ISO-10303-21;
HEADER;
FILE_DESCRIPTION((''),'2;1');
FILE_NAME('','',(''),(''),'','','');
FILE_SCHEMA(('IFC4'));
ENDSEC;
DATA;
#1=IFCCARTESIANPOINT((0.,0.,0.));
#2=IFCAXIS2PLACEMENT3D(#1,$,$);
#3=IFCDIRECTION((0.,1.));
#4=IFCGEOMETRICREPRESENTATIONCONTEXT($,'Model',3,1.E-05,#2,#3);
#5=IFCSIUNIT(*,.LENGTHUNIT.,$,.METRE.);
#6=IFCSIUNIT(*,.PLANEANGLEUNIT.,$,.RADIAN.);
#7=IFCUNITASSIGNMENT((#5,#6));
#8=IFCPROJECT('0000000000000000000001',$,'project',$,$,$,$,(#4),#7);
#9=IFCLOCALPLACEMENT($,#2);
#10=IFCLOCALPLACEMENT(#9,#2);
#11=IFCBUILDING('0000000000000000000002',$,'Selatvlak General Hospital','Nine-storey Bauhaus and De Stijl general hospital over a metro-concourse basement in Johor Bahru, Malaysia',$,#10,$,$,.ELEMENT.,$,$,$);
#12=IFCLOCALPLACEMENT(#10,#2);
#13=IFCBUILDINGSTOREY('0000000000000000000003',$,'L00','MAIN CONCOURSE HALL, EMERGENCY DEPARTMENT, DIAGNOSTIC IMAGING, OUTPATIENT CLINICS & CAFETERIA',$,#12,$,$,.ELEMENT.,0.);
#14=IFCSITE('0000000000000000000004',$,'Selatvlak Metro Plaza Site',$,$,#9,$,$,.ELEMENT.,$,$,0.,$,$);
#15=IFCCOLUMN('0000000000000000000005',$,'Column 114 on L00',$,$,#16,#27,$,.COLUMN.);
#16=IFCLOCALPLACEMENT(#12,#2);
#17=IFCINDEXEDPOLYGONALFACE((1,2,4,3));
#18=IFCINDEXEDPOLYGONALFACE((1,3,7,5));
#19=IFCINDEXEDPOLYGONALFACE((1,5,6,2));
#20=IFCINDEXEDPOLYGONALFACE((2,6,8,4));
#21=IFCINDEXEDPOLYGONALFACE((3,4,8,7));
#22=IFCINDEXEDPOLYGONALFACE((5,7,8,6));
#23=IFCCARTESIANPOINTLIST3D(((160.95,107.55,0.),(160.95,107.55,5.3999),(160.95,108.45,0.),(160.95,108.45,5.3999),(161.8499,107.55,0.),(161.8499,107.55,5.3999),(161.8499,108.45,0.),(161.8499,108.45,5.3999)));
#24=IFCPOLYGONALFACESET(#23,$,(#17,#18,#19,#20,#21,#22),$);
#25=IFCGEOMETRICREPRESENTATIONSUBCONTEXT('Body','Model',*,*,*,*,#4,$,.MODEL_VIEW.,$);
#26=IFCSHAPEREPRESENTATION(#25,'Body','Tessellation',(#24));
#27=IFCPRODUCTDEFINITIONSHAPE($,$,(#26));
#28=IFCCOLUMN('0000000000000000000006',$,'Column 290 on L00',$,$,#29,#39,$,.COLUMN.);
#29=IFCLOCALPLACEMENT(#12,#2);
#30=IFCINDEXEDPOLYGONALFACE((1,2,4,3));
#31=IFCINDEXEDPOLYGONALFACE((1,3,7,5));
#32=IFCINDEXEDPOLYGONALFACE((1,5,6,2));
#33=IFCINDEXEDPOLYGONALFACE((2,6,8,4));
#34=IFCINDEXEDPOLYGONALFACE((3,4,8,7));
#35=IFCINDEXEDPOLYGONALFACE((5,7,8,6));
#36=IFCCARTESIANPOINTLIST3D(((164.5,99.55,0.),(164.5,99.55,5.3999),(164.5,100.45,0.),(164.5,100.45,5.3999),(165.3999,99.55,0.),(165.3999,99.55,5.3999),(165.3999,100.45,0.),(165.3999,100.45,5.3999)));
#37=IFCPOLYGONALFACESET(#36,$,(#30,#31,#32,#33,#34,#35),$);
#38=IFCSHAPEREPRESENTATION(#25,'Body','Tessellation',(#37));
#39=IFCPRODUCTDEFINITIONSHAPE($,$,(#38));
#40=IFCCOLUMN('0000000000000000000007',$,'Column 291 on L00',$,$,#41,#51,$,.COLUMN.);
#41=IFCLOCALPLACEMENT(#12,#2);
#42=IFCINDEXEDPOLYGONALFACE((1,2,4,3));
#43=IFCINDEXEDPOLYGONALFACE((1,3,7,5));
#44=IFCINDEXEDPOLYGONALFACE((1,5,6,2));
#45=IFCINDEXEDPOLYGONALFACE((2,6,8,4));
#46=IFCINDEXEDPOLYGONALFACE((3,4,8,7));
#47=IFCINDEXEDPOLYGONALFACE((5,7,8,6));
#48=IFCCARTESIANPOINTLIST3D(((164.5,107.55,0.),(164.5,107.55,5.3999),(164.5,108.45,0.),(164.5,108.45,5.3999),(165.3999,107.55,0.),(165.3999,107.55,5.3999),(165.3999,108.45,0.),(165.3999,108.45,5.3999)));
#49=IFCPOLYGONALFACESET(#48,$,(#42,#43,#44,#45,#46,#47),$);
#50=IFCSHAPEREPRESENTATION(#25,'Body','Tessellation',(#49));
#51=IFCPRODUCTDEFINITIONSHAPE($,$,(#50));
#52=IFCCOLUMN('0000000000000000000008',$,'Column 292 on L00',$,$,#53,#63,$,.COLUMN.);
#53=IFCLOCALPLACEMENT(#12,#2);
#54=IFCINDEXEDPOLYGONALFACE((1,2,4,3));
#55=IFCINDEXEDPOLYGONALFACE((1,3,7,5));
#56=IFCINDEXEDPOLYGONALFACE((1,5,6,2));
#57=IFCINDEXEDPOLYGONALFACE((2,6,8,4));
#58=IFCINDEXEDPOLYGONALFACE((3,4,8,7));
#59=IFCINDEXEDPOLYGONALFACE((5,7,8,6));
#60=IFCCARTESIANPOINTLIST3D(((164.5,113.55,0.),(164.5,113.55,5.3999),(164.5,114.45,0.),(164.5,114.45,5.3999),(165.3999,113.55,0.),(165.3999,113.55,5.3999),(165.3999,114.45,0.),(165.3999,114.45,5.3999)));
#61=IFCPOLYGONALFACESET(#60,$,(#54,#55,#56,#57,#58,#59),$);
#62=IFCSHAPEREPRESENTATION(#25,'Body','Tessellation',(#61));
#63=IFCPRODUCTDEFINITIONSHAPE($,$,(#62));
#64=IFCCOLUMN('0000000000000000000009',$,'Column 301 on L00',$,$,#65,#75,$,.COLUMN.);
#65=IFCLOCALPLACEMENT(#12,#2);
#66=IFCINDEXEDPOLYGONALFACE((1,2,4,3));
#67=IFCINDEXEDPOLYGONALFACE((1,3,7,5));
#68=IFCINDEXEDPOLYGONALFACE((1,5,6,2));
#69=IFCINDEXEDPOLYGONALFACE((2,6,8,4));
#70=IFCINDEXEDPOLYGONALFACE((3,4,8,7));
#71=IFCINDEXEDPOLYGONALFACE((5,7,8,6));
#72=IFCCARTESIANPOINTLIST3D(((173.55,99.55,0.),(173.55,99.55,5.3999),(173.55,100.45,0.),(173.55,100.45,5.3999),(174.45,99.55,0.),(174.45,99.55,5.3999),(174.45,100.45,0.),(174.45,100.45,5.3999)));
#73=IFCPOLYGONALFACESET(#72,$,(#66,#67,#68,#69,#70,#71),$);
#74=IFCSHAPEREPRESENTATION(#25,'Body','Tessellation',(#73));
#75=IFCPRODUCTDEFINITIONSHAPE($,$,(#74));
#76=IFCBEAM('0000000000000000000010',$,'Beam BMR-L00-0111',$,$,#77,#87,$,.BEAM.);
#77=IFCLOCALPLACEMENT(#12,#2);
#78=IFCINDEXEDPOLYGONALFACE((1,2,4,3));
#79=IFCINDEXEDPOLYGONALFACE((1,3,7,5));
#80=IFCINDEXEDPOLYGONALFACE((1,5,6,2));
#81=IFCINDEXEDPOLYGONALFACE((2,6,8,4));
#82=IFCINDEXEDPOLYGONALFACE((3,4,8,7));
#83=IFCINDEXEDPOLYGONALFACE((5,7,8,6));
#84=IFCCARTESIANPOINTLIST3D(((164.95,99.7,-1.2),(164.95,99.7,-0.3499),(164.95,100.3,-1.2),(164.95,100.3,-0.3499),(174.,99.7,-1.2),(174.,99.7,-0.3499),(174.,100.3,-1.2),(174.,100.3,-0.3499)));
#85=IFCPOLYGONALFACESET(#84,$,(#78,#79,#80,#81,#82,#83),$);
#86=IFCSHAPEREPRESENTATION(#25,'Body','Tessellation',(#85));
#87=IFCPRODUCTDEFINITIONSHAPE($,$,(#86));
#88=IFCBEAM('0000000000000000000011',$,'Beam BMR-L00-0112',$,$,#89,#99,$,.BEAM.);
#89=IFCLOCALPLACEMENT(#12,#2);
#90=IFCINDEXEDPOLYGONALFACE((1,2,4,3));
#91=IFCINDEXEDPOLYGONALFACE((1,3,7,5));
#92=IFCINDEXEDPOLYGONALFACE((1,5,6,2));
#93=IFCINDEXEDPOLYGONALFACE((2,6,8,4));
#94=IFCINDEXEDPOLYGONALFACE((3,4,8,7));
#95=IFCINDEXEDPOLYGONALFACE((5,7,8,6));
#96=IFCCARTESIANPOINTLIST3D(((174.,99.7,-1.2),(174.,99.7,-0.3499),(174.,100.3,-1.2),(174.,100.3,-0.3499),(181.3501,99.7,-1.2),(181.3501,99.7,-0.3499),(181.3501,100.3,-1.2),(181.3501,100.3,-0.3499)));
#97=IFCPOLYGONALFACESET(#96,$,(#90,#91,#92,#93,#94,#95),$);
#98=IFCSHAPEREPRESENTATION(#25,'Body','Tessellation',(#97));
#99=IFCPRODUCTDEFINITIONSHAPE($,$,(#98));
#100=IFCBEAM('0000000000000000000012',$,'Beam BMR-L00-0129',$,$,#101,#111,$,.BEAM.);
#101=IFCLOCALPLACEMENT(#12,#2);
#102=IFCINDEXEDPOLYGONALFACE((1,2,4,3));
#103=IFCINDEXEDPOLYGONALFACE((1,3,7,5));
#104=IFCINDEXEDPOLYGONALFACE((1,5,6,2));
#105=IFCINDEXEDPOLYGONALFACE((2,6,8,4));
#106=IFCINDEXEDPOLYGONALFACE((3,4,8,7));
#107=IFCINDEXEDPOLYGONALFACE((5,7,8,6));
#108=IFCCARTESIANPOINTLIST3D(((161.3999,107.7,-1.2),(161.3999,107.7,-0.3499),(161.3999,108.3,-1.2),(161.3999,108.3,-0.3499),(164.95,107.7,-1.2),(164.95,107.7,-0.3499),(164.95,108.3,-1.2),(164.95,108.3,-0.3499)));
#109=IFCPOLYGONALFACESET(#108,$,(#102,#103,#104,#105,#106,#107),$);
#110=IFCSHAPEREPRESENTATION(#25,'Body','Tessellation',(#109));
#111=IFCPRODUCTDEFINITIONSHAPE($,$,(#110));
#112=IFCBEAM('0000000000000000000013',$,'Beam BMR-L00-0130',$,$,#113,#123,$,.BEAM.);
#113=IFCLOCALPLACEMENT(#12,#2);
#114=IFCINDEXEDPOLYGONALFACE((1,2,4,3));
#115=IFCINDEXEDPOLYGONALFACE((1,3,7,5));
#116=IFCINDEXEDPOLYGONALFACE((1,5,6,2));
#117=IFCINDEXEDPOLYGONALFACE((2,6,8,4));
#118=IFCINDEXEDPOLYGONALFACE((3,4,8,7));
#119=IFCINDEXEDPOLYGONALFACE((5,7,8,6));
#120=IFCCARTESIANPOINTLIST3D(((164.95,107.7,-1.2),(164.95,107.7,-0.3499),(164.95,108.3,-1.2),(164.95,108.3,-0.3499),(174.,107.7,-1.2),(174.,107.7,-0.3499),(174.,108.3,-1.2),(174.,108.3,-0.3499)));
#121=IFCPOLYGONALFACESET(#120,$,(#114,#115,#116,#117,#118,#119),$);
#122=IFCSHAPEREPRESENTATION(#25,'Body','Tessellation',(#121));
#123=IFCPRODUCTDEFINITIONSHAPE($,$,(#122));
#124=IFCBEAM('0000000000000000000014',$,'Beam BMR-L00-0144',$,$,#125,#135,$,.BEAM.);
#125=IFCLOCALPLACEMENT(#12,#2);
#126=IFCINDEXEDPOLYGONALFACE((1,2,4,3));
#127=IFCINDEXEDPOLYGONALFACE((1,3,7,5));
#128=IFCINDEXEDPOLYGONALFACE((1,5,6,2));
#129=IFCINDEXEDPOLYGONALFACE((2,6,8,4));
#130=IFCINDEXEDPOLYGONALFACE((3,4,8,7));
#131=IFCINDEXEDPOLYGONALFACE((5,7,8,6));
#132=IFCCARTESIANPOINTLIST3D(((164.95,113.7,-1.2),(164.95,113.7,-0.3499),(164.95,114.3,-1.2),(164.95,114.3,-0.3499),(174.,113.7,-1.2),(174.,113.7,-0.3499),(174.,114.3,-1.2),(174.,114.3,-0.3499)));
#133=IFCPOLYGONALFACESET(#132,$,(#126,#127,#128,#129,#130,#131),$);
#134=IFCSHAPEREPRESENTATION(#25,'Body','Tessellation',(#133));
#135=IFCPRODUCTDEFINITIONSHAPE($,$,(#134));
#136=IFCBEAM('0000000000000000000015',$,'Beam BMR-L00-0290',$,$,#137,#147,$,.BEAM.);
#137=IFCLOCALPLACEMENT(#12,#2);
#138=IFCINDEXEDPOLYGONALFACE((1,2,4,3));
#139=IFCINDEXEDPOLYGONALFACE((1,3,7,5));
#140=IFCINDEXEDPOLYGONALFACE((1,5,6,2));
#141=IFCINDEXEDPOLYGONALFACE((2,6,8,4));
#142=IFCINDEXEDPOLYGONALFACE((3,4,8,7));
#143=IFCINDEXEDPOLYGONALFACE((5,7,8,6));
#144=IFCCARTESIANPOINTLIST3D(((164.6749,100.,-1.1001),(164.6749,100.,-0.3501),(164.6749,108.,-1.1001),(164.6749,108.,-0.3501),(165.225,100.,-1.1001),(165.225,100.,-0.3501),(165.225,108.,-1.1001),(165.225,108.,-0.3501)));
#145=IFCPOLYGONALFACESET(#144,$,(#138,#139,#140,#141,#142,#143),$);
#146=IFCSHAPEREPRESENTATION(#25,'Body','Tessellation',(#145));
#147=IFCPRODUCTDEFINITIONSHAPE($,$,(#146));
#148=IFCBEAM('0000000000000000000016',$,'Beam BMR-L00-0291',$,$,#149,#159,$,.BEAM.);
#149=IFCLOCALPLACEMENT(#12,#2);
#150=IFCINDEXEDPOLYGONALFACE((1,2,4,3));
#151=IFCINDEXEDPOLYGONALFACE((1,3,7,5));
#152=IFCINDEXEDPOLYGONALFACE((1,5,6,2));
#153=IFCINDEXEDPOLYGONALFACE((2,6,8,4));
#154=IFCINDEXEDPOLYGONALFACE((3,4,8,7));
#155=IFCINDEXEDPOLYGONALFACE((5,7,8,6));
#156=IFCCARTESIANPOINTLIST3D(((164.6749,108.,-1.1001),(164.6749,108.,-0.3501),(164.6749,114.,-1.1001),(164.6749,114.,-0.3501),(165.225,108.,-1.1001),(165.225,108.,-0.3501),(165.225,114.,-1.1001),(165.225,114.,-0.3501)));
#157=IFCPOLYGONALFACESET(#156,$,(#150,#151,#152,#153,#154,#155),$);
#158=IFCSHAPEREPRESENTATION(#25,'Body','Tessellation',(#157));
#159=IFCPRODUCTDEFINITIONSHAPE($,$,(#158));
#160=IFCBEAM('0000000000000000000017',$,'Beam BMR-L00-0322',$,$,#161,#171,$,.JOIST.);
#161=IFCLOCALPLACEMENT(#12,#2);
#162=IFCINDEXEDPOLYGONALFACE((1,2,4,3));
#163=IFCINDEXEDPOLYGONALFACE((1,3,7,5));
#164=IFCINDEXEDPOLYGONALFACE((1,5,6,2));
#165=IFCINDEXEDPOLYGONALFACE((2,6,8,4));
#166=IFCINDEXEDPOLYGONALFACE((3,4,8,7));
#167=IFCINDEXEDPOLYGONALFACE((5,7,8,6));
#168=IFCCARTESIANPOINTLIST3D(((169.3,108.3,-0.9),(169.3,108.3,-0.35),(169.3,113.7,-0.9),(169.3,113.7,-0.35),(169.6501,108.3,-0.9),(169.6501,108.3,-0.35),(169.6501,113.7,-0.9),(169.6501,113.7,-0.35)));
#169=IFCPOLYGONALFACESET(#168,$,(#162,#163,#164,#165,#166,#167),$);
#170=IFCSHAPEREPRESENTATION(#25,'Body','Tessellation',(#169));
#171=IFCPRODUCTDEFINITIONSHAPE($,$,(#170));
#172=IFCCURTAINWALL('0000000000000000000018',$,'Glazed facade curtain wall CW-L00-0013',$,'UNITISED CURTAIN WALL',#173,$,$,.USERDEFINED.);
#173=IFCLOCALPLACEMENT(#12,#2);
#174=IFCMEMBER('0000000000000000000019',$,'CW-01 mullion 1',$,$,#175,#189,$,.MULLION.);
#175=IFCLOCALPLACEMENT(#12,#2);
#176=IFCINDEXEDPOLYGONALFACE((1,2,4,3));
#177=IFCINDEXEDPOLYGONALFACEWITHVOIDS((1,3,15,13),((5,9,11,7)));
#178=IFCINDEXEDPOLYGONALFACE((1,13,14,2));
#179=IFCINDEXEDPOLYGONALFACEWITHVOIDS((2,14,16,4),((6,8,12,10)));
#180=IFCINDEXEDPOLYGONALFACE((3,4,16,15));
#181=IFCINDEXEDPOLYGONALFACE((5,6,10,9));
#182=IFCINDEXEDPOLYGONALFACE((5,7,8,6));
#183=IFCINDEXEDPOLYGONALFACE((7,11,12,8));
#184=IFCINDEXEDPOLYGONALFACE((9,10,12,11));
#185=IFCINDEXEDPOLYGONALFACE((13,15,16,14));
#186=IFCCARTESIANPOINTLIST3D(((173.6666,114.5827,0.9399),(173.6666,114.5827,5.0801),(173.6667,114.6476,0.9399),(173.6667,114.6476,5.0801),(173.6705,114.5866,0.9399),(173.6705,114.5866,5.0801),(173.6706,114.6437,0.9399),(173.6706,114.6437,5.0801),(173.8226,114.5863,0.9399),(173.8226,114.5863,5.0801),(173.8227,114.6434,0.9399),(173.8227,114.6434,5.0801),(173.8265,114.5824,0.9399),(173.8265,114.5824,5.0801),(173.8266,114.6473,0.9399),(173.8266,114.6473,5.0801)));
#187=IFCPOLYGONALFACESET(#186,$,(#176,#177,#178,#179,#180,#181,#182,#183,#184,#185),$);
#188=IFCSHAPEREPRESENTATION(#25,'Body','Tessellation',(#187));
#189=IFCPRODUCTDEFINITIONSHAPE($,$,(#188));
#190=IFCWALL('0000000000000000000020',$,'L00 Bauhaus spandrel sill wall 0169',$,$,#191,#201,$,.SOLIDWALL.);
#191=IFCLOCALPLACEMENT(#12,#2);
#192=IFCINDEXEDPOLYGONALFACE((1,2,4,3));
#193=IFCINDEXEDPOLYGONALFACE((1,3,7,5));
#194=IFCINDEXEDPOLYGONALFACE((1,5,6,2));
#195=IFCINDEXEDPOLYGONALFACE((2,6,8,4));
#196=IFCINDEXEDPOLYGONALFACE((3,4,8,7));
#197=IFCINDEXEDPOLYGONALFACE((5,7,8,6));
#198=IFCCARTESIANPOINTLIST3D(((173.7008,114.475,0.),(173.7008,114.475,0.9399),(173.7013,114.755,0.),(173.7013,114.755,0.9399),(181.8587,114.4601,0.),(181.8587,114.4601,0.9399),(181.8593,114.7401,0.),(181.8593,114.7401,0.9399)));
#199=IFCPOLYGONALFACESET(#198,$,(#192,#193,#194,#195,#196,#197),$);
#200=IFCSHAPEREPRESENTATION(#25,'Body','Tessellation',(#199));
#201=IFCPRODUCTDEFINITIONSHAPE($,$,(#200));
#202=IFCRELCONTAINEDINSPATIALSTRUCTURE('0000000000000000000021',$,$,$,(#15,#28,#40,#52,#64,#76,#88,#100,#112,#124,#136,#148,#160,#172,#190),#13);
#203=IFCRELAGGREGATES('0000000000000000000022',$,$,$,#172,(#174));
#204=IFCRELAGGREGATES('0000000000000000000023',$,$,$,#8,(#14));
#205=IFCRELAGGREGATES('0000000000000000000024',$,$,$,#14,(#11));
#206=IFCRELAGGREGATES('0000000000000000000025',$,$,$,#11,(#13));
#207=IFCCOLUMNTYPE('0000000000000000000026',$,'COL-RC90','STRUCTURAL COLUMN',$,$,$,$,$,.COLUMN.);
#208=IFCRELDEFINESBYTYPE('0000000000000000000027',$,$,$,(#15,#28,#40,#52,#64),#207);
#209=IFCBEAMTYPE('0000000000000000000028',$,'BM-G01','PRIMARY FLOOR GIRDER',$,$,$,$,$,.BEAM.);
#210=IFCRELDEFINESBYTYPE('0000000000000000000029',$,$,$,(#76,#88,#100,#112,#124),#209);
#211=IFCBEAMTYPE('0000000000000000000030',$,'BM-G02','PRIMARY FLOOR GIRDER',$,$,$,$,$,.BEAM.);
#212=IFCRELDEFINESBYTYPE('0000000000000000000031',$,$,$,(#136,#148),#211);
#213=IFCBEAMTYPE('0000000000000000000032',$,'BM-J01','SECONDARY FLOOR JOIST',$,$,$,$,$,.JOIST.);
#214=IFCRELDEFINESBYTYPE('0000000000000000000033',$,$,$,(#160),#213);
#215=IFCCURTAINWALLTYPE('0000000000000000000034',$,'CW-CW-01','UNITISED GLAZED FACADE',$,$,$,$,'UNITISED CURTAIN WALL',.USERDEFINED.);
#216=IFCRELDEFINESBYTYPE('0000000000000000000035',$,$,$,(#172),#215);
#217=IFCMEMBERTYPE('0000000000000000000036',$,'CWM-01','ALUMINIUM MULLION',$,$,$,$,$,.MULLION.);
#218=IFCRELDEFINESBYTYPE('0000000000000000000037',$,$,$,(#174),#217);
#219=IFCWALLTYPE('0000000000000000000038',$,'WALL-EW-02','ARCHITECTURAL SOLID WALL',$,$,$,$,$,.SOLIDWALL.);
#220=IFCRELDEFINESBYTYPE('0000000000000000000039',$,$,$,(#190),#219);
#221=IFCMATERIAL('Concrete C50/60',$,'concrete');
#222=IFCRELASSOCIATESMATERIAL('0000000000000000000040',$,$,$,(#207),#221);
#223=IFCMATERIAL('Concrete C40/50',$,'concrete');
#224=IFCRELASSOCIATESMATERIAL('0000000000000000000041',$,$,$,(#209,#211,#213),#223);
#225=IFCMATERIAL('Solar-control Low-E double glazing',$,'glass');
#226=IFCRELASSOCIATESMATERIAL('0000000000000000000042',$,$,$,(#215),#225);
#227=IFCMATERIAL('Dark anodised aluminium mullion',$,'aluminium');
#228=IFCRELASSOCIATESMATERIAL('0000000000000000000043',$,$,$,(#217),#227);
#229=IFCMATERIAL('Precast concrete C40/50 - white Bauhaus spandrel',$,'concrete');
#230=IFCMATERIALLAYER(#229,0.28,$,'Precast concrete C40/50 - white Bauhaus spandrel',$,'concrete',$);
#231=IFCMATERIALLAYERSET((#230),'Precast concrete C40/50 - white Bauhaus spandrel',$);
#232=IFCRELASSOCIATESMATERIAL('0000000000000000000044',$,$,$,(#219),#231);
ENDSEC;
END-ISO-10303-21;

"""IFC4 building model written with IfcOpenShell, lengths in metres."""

from ifc_helpers import new_model, si_unit, direction, frame, frame_2d, origin, origin_2d, place, context, subcontext, project, spatial, rectangle, hollow_rectangle, extrude, material, layer, layer_set, material_profile, profile_set, type_object, element, aggregate, save


model = new_model("IFC4")

# Units and contexts
model_context = context("Model", 3, precision=1e-05, world=origin(), true_north=direction((0.0, 1.0)))
body_context = subcontext(model_context, "Body", "Model", "MODEL_VIEW")
ifc_project = project(units=[si_unit("LENGTHUNIT", "METRE"), si_unit("PLANEANGLEUNIT", "RADIAN")], contexts=[model_context])

# Site, building, storey
site_placement = place(None, origin())
site = spatial("IfcSite", under=ifc_project, at=site_placement, Name="Selatvlak Metro Plaza Site", CompositionType="ELEMENT", RefElevation=0.0)
building_placement = place(site_placement, origin())
building = spatial("IfcBuilding", under=site, at=building_placement, Name="Selatvlak General Hospital", Description="Nine-storey Bauhaus and De Stijl general hospital over a metro-concourse basement in Johor Bahru, Malaysia", CompositionType="ELEMENT")
storey_placement = place(building_placement, origin())
storey = spatial("IfcBuildingStorey", under=building, at=storey_placement, Name="L00", Description="MAIN CONCOURSE HALL, EMERGENCY DEPARTMENT, DIAGNOSTIC IMAGING, OUTPATIENT CLINICS & CAFETERIA", CompositionType="ELEMENT", Elevation=0.0)

# Columns
ifc_material_1 = material(Name="Concrete C50/60", Category="concrete")
ifc_material_profile_1 = material_profile(ifc_material_1, rectangle(XDim=0.8999, YDim=0.8999, at=origin_2d()), Name="RC-COL 900x900")
ifc_profile_set_1 = profile_set([ifc_material_profile_1], Name="Concrete C50/60")
column_type = type_object("IfcColumnType", Name="COL-RC90", Description="STRUCTURAL COLUMN", PredefinedType="COLUMN", material=ifc_profile_set_1)
for number, where, z_axis, x_axis, name in (
    (1, (161.3999, 108.0, 0.0), (0.0, 0.0, 1.0), (1.0, 0.0, 0.0), "Column 114 on L00"),
    (2, (164.95, 100.0, 0.0), (0.0, 0.0, 1.0), (1.0, 0.0, 0.0), "Column 290 on L00"),
    (3, (164.95, 108.0, 0.0), (0.0, 0.0, 1.0), (1.0, 0.0, 0.0), "Column 291 on L00"),
    (4, (164.95, 114.0, 0.0), (0.0, 0.0, 1.0), (1.0, 0.0, 0.0), "Column 292 on L00"),
    (5, (174.0, 100.0, 0.0), (0.0, 0.0, 1.0), (1.0, 0.0, 0.0), "Column 301 on L00"),
):
    element("IfcColumn", number, at=place(storey_placement, frame(where, z_axis=z_axis, x_axis=x_axis)), inside=storey, type_object=column_type, Name=name, PredefinedType="COLUMN", context=body_context, shape_type="SweptSolid", body=[
        extrude(rectangle(XDim=0.8999, YDim=0.8999, at=origin_2d()), origin(), (0.0, 0.0, 1.0), 5.3999),
    ])

# Beams
ifc_material_2 = material(Name="Concrete C40/50", Category="concrete")
ifc_material_profile_2 = material_profile(ifc_material_2, rectangle(XDim=0.6001, YDim=0.8501, at=origin_2d()), Name="RC-BM 600x850")
ifc_profile_set_2 = profile_set([ifc_material_profile_2], Name="Concrete C40/50")
beam_type_1 = type_object("IfcBeamType", Name="BM-G01", Description="PRIMARY FLOOR GIRDER", PredefinedType="BEAM", material=ifc_profile_set_2)
beam_1_placement = place(storey_placement, frame((164.95, 100.0, -0.7749), z_axis=(1.0, 0.0, 0.0), x_axis=(0.0, 1.0, 0.0)))
element("IfcBeam", 6, at=beam_1_placement, inside=storey, type_object=beam_type_1, Name="Beam BMR-L00-0111", PredefinedType="BEAM", context=body_context, shape_type="SweptSolid", body=[
    extrude(rectangle(XDim=0.6001, YDim=0.8501, at=origin_2d()), origin(), (0.0, 0.0, 1.0), 9.05),
])
beam_2_placement = place(storey_placement, frame((174.0, 100.0, -0.7749), z_axis=(1.0, 0.0, 0.0), x_axis=(0.0, 1.0, 0.0)))
element("IfcBeam", 7, at=beam_2_placement, inside=storey, type_object=beam_type_1, Name="Beam BMR-L00-0112", PredefinedType="BEAM", context=body_context, shape_type="SweptSolid", body=[
    extrude(rectangle(XDim=0.6001, YDim=0.8501, at=origin_2d()), origin(), (0.0, 0.0, 1.0), 7.3501),
])
beam_3_placement = place(storey_placement, frame((161.3999, 108.0, -0.7749), z_axis=(1.0, 0.0, 0.0), x_axis=(0.0, 1.0, 0.0)))
element("IfcBeam", 8, at=beam_3_placement, inside=storey, type_object=beam_type_1, Name="Beam BMR-L00-0129", PredefinedType="BEAM", context=body_context, shape_type="SweptSolid", body=[
    extrude(rectangle(XDim=0.6001, YDim=0.8501, at=origin_2d()), origin(), (0.0, 0.0, 1.0), 3.55),
])
for number, where, z_axis, x_axis, name in (
    (9, (164.95, 108.0, -0.7749), (1.0, 0.0, 0.0), (0.0, 1.0, 0.0), "Beam BMR-L00-0130"),
    (10, (164.95, 114.0, -0.7749), (1.0, 0.0, 0.0), (0.0, 1.0, 0.0), "Beam BMR-L00-0144"),
):
    element("IfcBeam", number, at=place(storey_placement, frame(where, z_axis=z_axis, x_axis=x_axis)), inside=storey, type_object=beam_type_1, Name=name, PredefinedType="BEAM", context=body_context, shape_type="SweptSolid", body=[
        extrude(rectangle(XDim=0.6001, YDim=0.8501, at=origin_2d()), origin(), (0.0, 0.0, 1.0), 9.05),
    ])
ifc_material_profile_3 = material_profile(ifc_material_2, rectangle(XDim=0.55, YDim=0.75, at=origin_2d()), Name="RC-BM 550x750")
ifc_profile_set_3 = profile_set([ifc_material_profile_3], Name="Concrete C40/50")
beam_type_2 = type_object("IfcBeamType", Name="BM-G02", Description="PRIMARY FLOOR GIRDER", PredefinedType="BEAM", material=ifc_profile_set_3)
beam_4_placement = place(storey_placement, frame((164.95, 100.0, -0.7251), z_axis=(0.0, 1.0, 0.0), x_axis=(-1.0, 0.0, 0.0)))
element("IfcBeam", 11, at=beam_4_placement, inside=storey, type_object=beam_type_2, Name="Beam BMR-L00-0290", PredefinedType="BEAM", context=body_context, shape_type="SweptSolid", body=[
    extrude(rectangle(XDim=0.55, YDim=0.75, at=origin_2d()), origin(), (0.0, 0.0, 1.0), 8.0),
])
beam_5_placement = place(storey_placement, frame((164.95, 108.0, -0.7251), z_axis=(0.0, 1.0, 0.0), x_axis=(-1.0, 0.0, 0.0)))
element("IfcBeam", 12, at=beam_5_placement, inside=storey, type_object=beam_type_2, Name="Beam BMR-L00-0291", PredefinedType="BEAM", context=body_context, shape_type="SweptSolid", body=[
    extrude(rectangle(XDim=0.55, YDim=0.75, at=origin_2d()), origin(), (0.0, 0.0, 1.0), 6.0),
])
ifc_material_profile_4 = material_profile(ifc_material_2, rectangle(XDim=0.3501, YDim=0.55, at=origin_2d()), Name="RC-BM 350x550")
ifc_profile_set_4 = profile_set([ifc_material_profile_4], Name="Concrete C40/50")
beam_type_3 = type_object("IfcBeamType", Name="BM-J01", Description="SECONDARY FLOOR JOIST", PredefinedType="JOIST", material=ifc_profile_set_4)
beam_6_placement = place(storey_placement, frame((169.4751, 108.3, -0.625), z_axis=(0.0, 1.0, 0.0), x_axis=(-1.0, 0.0, 0.0)))
element("IfcBeam", 13, at=beam_6_placement, inside=storey, type_object=beam_type_3, Name="Beam BMR-L00-0322", PredefinedType="JOIST", context=body_context, shape_type="SweptSolid", body=[
    extrude(rectangle(XDim=0.3501, YDim=0.55, at=origin_2d()), origin(), (0.0, 0.0, 1.0), 5.3999),
])

# Curtain wall, member
ifc_material_3 = material(Name="Solar-control Low-E double glazing", Category="glass")
curtain_wall_type = type_object("IfcCurtainWallType", Name="CW-CW-01", Description="UNITISED GLAZED FACADE", ElementType="UNITISED CURTAIN WALL", PredefinedType="USERDEFINED", material=ifc_material_3)
curtain_wall_placement = place(storey_placement, origin())
curtain_wall = element("IfcCurtainWall", 14, at=curtain_wall_placement, inside=storey, type_object=curtain_wall_type, Name="Glazed facade curtain wall CW-L00-0013", ObjectType="UNITISED CURTAIN WALL", PredefinedType="USERDEFINED")
ifc_material_4 = material(Name="Dark anodised aluminium mullion", Category="aluminium")
ifc_material_profile_5 = material_profile(ifc_material_4, hollow_rectangle(XDim=0.0649, YDim=0.1599, WallThickness=0.0039, at=origin_2d()), Name="AL-MUL 65x160x4")
ifc_profile_set_5 = profile_set([ifc_material_profile_5], Name="Dark anodised aluminium mullion")
member_type = type_object("IfcMemberType", Name="CWM-01", Description="ALUMINIUM MULLION", PredefinedType="MULLION", material=ifc_profile_set_5)
member_placement = place(storey_placement, frame((173.7466, 114.615, 0.9399), z_axis=(0.0, 0.0, 1.0), x_axis=(0.001814, 0.999998, 0.0)))
member = element("IfcMember", 15, at=member_placement, type_object=member_type, Name="CW-01 mullion 1", PredefinedType="MULLION", context=body_context, shape_type="SweptSolid", body=[
    extrude(hollow_rectangle(XDim=0.0649, YDim=0.1599, WallThickness=0.0039, at=origin_2d()), origin(), (0.0, 0.0, 1.0), 4.1401),
])
aggregate(curtain_wall, [member])

# Wall
ifc_material_5 = material(Name="Precast concrete C40/50 - white Bauhaus spandrel", Category="concrete")
ifc_layer_1 = layer(ifc_material_5, 0.28, Name="Precast concrete C40/50 - white Bauhaus spandrel", Category="concrete")
ifc_layer_set_1 = layer_set([ifc_layer_1], Name="Precast concrete C40/50 - white Bauhaus spandrel")
wall_type_1 = type_object("IfcWallType", Name="WALL-EW-02", Description="ARCHITECTURAL SOLID WALL", PredefinedType="SOLIDWALL", material=ifc_layer_set_1)
wall_1_placement = place(storey_placement, frame((173.7009, 114.615, 0.0), z_axis=(0.0, 0.0, 1.0), x_axis=(0.999998, -0.001826, 0.0)))
element("IfcWall", 16, at=wall_1_placement, inside=storey, type_object=wall_type_1, Name="L00 Bauhaus spandrel sill wall 0169", PredefinedType="SOLIDWALL", context=body_context, shape_type="SweptSolid", body=[
    extrude(rectangle(XDim=8.158, YDim=0.28, at=frame_2d((4.0791, 0.0))), origin(), (0.0, 0.0, 1.0), 0.9399),
])

save(model, "model.ifc")
